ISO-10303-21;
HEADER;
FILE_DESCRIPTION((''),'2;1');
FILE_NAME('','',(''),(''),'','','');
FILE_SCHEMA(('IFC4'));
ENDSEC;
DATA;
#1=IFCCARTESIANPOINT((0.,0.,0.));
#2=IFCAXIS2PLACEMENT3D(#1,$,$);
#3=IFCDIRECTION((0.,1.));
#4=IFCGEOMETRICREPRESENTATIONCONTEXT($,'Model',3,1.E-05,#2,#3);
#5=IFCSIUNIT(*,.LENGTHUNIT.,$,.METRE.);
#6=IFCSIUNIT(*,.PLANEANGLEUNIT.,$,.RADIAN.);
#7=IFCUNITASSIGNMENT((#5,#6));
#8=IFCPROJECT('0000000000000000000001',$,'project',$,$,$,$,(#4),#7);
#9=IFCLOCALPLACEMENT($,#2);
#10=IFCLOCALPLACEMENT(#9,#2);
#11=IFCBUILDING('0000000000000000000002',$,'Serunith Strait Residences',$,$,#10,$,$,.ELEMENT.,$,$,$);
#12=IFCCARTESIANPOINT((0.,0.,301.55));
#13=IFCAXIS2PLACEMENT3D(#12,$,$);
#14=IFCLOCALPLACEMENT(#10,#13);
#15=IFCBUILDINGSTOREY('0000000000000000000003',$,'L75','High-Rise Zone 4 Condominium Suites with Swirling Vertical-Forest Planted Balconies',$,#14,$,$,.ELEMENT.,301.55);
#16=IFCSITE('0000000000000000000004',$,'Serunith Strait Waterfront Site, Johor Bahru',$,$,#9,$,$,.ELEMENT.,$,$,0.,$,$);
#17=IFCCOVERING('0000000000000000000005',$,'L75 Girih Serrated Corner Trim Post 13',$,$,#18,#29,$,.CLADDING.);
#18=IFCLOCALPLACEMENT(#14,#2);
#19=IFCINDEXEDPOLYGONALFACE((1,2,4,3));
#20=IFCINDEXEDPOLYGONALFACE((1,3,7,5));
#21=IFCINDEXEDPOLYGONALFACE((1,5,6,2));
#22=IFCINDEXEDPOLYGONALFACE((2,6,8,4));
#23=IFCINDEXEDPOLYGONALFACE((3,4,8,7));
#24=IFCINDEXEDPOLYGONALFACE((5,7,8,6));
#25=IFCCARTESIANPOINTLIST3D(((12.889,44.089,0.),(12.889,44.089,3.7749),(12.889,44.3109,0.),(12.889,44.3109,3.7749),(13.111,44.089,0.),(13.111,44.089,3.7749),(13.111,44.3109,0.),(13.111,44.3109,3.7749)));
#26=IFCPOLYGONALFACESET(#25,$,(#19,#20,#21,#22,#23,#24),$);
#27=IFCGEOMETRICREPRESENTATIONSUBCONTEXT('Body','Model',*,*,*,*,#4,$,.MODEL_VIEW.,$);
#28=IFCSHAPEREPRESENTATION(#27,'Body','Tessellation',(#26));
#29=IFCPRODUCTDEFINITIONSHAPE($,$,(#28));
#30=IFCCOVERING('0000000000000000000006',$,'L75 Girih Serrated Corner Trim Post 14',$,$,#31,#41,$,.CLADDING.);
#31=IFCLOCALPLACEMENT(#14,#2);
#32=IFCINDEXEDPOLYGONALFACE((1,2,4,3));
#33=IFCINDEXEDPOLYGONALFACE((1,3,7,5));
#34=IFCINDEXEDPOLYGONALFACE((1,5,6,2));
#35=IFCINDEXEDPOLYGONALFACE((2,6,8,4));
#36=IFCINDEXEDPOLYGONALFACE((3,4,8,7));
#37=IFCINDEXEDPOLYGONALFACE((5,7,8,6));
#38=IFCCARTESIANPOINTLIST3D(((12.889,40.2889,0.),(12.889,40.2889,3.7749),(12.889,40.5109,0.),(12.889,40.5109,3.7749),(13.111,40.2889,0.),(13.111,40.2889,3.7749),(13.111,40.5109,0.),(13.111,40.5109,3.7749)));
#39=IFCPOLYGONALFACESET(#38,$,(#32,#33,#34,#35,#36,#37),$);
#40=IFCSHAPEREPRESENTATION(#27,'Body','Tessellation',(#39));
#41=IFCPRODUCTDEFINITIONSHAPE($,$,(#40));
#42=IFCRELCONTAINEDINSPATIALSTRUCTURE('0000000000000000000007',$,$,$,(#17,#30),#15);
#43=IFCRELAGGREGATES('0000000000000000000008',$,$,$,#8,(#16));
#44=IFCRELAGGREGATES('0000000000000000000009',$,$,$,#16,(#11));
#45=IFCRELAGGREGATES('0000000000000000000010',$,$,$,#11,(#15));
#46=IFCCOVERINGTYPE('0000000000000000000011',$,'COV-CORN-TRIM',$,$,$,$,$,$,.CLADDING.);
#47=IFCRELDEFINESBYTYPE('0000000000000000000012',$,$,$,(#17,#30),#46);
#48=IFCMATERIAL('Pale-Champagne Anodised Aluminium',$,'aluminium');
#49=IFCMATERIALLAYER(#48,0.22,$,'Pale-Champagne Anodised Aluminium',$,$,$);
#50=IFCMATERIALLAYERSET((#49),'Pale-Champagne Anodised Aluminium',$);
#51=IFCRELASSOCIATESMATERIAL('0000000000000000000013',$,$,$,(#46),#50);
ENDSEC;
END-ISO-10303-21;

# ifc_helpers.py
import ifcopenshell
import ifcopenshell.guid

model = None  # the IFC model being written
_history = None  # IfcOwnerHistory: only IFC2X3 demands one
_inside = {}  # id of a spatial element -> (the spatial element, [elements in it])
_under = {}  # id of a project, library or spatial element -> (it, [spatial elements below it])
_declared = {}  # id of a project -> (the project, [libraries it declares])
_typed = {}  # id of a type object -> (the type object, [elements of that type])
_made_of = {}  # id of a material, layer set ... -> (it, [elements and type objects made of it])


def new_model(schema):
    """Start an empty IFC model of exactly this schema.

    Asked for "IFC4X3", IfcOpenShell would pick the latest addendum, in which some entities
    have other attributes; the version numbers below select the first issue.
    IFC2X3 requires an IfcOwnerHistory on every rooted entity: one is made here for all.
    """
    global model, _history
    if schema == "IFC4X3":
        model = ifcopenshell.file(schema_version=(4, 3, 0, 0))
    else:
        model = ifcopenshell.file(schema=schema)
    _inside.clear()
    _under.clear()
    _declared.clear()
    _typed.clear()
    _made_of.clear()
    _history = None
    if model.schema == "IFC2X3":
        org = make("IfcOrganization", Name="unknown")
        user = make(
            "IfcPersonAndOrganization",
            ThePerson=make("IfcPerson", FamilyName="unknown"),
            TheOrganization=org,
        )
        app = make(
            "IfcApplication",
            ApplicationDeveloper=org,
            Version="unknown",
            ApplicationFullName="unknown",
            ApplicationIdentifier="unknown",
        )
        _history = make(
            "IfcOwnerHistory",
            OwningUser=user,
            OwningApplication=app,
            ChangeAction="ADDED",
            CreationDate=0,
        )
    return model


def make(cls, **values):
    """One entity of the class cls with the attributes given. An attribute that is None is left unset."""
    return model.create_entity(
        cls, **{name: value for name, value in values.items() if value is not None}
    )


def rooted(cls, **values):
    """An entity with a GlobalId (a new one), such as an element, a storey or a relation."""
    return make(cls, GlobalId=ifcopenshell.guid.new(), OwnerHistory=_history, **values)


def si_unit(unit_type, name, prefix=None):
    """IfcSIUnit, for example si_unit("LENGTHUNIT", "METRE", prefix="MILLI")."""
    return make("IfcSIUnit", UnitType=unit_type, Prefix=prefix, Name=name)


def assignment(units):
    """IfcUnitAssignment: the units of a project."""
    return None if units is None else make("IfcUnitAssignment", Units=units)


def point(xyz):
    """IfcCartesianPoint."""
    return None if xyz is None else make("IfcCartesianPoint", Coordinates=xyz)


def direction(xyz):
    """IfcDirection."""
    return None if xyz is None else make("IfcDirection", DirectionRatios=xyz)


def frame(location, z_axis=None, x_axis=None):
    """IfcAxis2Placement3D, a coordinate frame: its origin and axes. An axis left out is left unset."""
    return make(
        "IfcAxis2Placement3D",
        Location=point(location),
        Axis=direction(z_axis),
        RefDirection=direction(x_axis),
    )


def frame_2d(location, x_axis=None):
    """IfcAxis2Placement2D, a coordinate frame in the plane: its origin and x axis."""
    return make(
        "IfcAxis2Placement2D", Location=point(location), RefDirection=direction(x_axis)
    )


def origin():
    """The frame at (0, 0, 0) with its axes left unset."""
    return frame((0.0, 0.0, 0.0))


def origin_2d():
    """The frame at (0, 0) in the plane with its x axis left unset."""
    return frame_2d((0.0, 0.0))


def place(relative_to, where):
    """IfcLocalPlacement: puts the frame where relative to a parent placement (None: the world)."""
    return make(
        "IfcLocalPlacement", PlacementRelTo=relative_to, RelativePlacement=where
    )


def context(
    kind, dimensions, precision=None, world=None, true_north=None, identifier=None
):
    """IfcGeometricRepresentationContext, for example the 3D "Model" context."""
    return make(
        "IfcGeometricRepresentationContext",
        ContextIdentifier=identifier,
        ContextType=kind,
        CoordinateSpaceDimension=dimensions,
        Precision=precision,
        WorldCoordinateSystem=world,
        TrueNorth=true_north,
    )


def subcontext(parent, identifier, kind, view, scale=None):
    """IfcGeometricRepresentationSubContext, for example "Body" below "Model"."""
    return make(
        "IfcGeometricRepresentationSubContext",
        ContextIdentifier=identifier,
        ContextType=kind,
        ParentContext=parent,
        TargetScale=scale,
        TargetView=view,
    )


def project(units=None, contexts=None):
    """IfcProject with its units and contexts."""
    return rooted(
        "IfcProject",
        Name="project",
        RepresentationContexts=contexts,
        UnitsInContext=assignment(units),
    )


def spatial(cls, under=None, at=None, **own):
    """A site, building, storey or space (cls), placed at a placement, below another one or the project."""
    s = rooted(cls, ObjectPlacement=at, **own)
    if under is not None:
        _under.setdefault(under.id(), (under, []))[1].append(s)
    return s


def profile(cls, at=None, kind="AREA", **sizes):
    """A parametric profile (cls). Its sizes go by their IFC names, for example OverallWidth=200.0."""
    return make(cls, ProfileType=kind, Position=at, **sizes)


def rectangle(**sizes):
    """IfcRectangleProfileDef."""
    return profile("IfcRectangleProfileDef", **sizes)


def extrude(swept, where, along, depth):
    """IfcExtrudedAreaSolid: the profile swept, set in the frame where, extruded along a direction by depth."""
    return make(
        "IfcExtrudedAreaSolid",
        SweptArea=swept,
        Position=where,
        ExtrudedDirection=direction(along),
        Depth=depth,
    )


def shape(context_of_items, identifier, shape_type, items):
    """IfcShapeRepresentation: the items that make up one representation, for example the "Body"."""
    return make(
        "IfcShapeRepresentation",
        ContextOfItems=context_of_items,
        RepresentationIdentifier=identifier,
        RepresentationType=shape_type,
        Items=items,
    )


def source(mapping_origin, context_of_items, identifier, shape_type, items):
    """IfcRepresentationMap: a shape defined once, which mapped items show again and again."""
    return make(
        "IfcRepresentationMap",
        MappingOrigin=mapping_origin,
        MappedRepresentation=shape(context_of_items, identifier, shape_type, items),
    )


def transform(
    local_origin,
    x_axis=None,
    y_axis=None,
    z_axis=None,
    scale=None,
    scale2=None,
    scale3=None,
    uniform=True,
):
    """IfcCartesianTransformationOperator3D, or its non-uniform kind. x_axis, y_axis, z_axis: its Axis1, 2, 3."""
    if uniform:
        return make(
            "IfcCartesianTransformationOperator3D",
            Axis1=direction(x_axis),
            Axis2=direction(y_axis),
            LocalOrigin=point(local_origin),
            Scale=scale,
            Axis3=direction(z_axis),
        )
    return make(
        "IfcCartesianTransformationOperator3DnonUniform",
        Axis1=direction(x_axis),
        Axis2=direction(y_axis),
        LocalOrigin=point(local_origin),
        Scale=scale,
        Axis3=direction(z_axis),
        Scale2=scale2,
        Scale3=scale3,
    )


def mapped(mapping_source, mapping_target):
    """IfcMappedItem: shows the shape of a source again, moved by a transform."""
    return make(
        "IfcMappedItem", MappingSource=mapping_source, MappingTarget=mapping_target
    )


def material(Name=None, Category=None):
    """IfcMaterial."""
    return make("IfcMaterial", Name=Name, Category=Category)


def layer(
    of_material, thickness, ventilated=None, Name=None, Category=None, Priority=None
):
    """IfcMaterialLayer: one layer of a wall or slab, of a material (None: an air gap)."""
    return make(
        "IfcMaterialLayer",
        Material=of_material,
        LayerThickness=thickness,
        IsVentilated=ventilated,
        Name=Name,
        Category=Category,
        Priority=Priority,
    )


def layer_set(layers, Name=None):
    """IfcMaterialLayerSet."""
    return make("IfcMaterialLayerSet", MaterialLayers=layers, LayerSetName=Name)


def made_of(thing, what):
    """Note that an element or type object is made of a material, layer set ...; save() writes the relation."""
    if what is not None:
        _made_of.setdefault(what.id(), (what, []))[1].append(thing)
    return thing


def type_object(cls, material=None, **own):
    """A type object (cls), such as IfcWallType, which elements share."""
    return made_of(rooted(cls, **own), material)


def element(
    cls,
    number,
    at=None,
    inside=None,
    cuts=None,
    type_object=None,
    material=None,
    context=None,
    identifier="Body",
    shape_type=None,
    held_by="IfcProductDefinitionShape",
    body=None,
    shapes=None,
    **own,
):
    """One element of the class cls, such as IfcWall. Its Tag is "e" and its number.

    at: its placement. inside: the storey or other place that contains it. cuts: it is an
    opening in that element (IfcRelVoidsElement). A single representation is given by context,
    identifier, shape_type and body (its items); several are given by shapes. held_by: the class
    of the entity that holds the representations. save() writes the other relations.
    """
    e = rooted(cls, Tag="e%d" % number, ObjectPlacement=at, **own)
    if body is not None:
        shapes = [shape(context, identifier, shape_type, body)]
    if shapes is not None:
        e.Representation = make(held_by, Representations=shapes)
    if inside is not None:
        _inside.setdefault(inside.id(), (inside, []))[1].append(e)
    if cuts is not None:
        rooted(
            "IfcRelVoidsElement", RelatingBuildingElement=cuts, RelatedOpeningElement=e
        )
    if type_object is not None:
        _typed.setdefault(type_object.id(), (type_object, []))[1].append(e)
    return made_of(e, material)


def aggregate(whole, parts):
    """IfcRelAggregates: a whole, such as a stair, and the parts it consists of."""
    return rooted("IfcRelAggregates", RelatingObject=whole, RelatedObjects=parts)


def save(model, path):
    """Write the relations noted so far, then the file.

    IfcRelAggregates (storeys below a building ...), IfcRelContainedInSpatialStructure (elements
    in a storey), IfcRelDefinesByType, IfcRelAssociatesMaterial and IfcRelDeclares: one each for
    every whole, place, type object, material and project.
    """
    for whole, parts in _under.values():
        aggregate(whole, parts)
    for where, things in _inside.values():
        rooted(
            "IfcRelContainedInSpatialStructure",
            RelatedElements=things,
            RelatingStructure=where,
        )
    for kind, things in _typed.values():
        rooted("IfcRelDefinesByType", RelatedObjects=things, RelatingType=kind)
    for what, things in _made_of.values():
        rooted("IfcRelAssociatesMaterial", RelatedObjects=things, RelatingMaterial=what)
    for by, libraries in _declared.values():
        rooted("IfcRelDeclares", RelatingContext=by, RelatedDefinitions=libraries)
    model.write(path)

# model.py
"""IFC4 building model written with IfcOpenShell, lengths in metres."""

from ifc_helpers import new_model, si_unit, direction, frame, origin, origin_2d, place, context, subcontext, project, spatial, rectangle, extrude, source, transform, mapped, material, layer, layer_set, type_object, element, save


model = new_model("IFC4")

# Units and contexts
model_context = context("Model", 3, precision=1e-05, world=origin(), true_north=direction((0.0, 1.0)))
body_context = subcontext(model_context, "Body", "Model", "MODEL_VIEW")
ifc_project = project(units=[si_unit("LENGTHUNIT", "METRE"), si_unit("PLANEANGLEUNIT", "RADIAN")], contexts=[model_context])

# Site, building, storey
site_placement = place(None, origin())
site = spatial("IfcSite", under=ifc_project, at=site_placement, Name="Serunith Strait Waterfront Site, Johor Bahru", CompositionType="ELEMENT", RefElevation=0.0)
building_placement = place(site_placement, origin())
building = spatial("IfcBuilding", under=site, at=building_placement, Name="Serunith Strait Residences", CompositionType="ELEMENT")
storey_placement = place(building_placement, frame((0.0, 0.0, 301.55)))
storey = spatial("IfcBuildingStorey", under=building, at=storey_placement, Name="L75", Description="High-Rise Zone 4 Condominium Suites with Swirling Vertical-Forest Planted Balconies", CompositionType="ELEMENT", Elevation=301.55)

# Coverings
ifc_material_1 = material(Name="Pale-Champagne Anodised Aluminium", Category="aluminium")
ifc_layer_1 = layer(ifc_material_1, 0.22, Name="Pale-Champagne Anodised Aluminium")
ifc_layer_set_1 = layer_set([ifc_layer_1], Name="Pale-Champagne Anodised Aluminium")
covering_type = type_object("IfcCoveringType", Name="COV-CORN-TRIM", PredefinedType="CLADDING", material=ifc_layer_set_1)
shared_shape_1 = source(origin(), body_context, "Body", "SweptSolid", [
    extrude(rectangle(XDim=0.2219, YDim=0.2219, at=origin_2d()), origin(), (0.0, 0.0, 1.0), 3.7749),
])
for number, where, z_axis, x_axis, name in (
    (1, (13.0, 44.2, 0.0), (0.0, 0.0, 1.0), (1.0, 0.0, 0.0), "L75 Girih Serrated Corner Trim Post 13"),
    (2, (13.0, 40.3999, 0.0), (0.0, 0.0, 1.0), (1.0, 0.0, 0.0), "L75 Girih Serrated Corner Trim Post 14"),
):
    element("IfcCovering", number, at=place(storey_placement, frame(where, z_axis=z_axis, x_axis=x_axis)), inside=storey, type_object=covering_type, Name=name, PredefinedType="CLADDING", context=body_context, shape_type="MappedRepresentation", body=[
        mapped(shared_shape_1, transform((0.0, 0.0, 0.0), scale=1.0)),
    ])

save(model, "model.ifc")
